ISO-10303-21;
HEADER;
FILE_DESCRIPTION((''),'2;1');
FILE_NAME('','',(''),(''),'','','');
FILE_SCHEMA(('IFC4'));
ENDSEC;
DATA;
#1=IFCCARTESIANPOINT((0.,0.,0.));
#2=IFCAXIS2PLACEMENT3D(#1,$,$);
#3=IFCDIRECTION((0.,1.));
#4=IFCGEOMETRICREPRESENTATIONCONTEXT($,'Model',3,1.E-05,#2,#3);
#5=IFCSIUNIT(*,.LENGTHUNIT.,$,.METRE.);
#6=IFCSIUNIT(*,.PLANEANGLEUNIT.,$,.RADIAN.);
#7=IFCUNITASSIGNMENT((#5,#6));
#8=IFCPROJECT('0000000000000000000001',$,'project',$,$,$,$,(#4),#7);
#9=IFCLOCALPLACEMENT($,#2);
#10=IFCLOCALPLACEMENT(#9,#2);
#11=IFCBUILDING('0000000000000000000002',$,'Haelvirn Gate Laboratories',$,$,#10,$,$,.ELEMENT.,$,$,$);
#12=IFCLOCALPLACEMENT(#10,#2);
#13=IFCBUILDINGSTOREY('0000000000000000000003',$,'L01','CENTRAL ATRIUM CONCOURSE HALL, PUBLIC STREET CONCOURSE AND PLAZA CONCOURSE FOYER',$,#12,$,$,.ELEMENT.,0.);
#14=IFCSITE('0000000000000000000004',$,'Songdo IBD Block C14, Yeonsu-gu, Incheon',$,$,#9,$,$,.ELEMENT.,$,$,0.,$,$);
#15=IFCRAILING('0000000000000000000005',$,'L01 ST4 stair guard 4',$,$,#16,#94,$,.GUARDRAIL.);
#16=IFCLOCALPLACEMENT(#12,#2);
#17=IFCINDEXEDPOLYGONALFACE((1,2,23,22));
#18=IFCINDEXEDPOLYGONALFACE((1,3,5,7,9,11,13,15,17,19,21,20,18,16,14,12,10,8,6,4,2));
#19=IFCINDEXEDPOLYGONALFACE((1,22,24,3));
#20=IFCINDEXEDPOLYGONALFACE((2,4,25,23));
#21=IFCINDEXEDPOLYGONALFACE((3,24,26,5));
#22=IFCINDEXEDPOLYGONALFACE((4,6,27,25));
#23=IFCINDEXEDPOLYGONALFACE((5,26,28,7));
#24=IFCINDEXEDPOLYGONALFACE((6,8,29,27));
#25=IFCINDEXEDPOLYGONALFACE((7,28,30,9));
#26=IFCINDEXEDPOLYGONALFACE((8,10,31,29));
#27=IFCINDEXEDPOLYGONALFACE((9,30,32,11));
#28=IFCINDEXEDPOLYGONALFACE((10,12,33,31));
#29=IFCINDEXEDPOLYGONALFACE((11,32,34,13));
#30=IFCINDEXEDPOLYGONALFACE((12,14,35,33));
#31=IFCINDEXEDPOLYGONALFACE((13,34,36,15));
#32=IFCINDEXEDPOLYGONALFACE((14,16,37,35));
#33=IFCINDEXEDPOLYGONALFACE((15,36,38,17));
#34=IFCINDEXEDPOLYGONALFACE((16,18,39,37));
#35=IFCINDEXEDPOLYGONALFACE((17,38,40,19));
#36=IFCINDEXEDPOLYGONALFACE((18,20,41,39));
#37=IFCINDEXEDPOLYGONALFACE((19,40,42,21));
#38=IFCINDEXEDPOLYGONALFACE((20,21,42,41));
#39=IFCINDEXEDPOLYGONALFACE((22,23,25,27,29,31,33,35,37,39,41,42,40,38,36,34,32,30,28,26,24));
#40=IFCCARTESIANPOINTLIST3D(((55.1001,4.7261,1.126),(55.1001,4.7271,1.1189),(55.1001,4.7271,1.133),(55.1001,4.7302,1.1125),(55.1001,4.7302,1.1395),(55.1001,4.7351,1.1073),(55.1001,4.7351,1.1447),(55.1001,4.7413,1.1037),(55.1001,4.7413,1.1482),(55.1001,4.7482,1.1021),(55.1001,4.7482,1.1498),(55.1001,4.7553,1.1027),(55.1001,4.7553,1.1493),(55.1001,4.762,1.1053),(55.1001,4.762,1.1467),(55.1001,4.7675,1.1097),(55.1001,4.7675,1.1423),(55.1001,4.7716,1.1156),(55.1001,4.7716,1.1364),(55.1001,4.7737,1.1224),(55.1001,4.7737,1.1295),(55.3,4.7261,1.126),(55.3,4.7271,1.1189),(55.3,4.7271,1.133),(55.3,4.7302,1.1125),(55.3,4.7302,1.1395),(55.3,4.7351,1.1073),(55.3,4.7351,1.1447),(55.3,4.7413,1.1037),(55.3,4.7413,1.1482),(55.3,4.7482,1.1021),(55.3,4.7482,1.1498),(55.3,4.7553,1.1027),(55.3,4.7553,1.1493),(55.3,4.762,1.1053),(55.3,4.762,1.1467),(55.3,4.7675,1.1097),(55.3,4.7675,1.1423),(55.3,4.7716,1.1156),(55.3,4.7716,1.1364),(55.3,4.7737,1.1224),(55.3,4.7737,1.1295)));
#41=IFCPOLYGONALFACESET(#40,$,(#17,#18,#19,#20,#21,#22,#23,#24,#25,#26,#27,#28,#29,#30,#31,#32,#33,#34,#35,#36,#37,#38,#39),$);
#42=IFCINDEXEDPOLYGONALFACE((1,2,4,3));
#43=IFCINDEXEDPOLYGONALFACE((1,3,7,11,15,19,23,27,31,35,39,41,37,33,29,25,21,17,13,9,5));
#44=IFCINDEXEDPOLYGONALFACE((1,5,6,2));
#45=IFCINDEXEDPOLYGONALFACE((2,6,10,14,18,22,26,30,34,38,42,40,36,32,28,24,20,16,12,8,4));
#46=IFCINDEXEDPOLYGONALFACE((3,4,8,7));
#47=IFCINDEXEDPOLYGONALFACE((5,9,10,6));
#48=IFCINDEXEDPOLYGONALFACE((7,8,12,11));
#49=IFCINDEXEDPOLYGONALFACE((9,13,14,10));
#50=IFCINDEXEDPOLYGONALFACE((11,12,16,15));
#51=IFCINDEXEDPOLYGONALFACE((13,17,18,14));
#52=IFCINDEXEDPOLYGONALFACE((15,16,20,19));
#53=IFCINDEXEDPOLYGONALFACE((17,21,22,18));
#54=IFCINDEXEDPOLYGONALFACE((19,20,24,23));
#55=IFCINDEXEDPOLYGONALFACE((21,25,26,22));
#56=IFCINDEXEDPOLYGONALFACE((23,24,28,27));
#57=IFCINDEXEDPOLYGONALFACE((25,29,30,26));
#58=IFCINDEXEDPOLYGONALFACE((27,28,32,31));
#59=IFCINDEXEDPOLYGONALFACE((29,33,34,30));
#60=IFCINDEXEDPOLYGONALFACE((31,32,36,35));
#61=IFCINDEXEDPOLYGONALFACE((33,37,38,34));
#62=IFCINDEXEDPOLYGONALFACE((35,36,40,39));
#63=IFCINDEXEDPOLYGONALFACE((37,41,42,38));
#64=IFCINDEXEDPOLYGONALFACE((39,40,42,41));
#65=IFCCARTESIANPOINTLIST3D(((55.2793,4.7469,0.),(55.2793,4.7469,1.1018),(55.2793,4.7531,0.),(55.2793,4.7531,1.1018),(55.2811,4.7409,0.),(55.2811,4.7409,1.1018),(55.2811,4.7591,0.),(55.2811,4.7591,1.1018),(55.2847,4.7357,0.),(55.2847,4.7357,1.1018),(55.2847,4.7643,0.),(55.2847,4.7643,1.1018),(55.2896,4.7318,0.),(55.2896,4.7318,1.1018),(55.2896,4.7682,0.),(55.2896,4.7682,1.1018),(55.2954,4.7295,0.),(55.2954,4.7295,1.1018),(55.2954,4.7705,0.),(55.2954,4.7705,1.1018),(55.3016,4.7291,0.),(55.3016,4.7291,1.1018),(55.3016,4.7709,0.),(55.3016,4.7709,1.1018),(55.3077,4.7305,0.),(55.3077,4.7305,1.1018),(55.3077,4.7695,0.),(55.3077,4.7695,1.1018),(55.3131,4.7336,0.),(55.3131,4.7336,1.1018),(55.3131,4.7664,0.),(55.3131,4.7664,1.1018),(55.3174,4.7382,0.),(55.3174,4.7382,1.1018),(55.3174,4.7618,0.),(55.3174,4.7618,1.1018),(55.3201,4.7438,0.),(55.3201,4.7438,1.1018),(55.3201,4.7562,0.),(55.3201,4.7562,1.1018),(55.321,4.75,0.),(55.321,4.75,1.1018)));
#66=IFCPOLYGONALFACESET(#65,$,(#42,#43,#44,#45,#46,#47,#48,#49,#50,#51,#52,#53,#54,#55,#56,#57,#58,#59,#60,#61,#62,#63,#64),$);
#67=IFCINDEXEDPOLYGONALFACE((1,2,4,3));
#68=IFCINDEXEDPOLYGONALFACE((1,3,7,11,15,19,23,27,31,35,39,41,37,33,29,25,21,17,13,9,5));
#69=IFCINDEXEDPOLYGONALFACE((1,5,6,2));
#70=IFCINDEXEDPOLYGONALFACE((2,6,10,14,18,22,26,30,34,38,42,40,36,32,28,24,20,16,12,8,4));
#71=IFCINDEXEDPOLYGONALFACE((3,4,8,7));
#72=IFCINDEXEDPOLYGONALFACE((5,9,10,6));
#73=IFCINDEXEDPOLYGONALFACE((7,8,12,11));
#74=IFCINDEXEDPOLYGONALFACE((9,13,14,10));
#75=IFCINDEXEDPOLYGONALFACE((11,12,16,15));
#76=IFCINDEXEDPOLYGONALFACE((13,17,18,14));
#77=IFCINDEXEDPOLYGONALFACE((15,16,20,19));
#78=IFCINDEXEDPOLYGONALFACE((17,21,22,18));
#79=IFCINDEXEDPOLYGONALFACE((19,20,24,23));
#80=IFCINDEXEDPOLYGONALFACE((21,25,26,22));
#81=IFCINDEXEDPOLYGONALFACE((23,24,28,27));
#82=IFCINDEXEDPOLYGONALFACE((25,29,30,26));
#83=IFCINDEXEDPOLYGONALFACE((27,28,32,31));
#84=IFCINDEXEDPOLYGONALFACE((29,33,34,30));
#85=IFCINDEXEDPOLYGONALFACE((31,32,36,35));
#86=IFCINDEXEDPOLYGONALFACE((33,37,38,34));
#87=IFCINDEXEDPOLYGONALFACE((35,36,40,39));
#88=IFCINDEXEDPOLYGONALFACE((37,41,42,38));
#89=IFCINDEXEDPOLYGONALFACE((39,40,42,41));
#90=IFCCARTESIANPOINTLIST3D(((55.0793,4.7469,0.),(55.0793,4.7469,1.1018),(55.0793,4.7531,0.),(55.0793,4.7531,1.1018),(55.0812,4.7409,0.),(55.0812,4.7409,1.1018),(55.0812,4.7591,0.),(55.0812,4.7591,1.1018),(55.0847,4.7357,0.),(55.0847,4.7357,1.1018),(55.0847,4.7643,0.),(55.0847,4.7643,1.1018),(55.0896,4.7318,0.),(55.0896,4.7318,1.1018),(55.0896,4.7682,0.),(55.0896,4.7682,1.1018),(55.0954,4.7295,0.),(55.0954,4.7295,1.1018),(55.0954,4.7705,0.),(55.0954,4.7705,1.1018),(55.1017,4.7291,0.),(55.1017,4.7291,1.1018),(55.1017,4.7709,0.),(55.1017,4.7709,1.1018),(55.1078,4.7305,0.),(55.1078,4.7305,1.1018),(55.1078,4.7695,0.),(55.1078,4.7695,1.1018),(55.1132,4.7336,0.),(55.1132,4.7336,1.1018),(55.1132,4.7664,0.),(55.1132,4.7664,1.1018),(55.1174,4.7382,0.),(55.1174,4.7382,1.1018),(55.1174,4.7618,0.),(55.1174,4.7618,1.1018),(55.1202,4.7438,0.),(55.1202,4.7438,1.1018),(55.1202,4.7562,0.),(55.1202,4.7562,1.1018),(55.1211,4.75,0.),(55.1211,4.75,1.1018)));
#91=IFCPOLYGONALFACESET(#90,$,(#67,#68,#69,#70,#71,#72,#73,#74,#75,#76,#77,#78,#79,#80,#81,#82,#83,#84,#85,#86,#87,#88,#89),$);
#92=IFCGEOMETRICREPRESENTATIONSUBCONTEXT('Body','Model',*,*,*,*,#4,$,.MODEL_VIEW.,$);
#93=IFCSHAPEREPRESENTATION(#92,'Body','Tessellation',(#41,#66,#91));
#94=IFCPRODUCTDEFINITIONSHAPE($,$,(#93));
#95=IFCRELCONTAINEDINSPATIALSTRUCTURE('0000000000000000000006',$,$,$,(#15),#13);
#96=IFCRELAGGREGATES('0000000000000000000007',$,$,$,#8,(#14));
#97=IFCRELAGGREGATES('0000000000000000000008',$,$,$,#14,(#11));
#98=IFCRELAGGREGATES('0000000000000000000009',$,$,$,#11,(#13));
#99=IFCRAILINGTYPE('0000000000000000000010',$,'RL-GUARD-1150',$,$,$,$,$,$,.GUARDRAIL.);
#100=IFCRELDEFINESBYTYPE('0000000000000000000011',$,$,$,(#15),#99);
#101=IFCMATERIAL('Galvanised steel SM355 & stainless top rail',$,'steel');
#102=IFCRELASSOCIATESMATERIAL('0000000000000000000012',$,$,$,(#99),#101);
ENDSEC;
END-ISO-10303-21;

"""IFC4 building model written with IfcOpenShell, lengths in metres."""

from ifc_helpers import new_model, si_unit, direction, frame, origin, origin_2d, place, context, subcontext, project, spatial, circle, extrude, source, transform, mapped, material, type_object, element, save


model = new_model("IFC4")

# Units and contexts
model_context = context("Model", 3, precision=1e-05, world=origin(), true_north=direction((0.0, 1.0)))
body_context = subcontext(model_context, "Body", "Model", "MODEL_VIEW")
ifc_project = project(units=[si_unit("LENGTHUNIT", "METRE"), si_unit("PLANEANGLEUNIT", "RADIAN")], contexts=[model_context])

# Site, building, storey
site_placement = place(None, origin())
site = spatial("IfcSite", under=ifc_project, at=site_placement, Name="Songdo IBD Block C14, Yeonsu-gu, Incheon", CompositionType="ELEMENT", RefElevation=0.0)
building_placement = place(site_placement, origin())
building = spatial("IfcBuilding", under=site, at=building_placement, Name="Haelvirn Gate Laboratories", CompositionType="ELEMENT")
storey_placement = place(building_placement, origin())
storey = spatial("IfcBuildingStorey", under=building, at=storey_placement, Name="L01", Description="CENTRAL ATRIUM CONCOURSE HALL, PUBLIC STREET CONCOURSE AND PLAZA CONCOURSE FOYER", CompositionType="ELEMENT", Elevation=0.0)

# Railing
ifc_material_1 = material(Name="Galvanised steel SM355 & stainless top rail", Category="steel")
railing_type_1 = type_object("IfcRailingType", Name="RL-GUARD-1150", PredefinedType="GUARDRAIL", material=ifc_material_1)
shared_shape_1 = source(origin(), body_context, "Body", "SweptSolid", [
    extrude(circle(Radius=0.0239, at=origin_2d()), frame((0.0, 0.0, 1.126), z_axis=(-1.0, 0.0, 0.0), x_axis=(0.0, -1.0, 0.0)), (0.0, 0.0, 1.0), 0.2),
    extrude(circle(Radius=0.021, at=origin_2d()), origin(), (0.0, 0.0, 1.0), 1.1018),
    extrude(circle(Radius=0.021, at=origin_2d()), frame((-0.2, 0.0, 0.0)), (0.0, 0.0, 1.0), 1.1018),
])
for number, where, name in (
    (1, (55.3, 4.75, 0.0), "L01 ST4 stair guard 4"),
):
    element("IfcRailing", number, at=place(storey_placement, frame(where)), inside=storey, type_object=railing_type_1, Name=name, PredefinedType="GUARDRAIL", context=body_context, shape_type="MappedRepresentation", body=[
        mapped(shared_shape_1, transform((0.0, 0.0, 0.0), scale=1.0)),
    ])

save(model, "model.ifc")
